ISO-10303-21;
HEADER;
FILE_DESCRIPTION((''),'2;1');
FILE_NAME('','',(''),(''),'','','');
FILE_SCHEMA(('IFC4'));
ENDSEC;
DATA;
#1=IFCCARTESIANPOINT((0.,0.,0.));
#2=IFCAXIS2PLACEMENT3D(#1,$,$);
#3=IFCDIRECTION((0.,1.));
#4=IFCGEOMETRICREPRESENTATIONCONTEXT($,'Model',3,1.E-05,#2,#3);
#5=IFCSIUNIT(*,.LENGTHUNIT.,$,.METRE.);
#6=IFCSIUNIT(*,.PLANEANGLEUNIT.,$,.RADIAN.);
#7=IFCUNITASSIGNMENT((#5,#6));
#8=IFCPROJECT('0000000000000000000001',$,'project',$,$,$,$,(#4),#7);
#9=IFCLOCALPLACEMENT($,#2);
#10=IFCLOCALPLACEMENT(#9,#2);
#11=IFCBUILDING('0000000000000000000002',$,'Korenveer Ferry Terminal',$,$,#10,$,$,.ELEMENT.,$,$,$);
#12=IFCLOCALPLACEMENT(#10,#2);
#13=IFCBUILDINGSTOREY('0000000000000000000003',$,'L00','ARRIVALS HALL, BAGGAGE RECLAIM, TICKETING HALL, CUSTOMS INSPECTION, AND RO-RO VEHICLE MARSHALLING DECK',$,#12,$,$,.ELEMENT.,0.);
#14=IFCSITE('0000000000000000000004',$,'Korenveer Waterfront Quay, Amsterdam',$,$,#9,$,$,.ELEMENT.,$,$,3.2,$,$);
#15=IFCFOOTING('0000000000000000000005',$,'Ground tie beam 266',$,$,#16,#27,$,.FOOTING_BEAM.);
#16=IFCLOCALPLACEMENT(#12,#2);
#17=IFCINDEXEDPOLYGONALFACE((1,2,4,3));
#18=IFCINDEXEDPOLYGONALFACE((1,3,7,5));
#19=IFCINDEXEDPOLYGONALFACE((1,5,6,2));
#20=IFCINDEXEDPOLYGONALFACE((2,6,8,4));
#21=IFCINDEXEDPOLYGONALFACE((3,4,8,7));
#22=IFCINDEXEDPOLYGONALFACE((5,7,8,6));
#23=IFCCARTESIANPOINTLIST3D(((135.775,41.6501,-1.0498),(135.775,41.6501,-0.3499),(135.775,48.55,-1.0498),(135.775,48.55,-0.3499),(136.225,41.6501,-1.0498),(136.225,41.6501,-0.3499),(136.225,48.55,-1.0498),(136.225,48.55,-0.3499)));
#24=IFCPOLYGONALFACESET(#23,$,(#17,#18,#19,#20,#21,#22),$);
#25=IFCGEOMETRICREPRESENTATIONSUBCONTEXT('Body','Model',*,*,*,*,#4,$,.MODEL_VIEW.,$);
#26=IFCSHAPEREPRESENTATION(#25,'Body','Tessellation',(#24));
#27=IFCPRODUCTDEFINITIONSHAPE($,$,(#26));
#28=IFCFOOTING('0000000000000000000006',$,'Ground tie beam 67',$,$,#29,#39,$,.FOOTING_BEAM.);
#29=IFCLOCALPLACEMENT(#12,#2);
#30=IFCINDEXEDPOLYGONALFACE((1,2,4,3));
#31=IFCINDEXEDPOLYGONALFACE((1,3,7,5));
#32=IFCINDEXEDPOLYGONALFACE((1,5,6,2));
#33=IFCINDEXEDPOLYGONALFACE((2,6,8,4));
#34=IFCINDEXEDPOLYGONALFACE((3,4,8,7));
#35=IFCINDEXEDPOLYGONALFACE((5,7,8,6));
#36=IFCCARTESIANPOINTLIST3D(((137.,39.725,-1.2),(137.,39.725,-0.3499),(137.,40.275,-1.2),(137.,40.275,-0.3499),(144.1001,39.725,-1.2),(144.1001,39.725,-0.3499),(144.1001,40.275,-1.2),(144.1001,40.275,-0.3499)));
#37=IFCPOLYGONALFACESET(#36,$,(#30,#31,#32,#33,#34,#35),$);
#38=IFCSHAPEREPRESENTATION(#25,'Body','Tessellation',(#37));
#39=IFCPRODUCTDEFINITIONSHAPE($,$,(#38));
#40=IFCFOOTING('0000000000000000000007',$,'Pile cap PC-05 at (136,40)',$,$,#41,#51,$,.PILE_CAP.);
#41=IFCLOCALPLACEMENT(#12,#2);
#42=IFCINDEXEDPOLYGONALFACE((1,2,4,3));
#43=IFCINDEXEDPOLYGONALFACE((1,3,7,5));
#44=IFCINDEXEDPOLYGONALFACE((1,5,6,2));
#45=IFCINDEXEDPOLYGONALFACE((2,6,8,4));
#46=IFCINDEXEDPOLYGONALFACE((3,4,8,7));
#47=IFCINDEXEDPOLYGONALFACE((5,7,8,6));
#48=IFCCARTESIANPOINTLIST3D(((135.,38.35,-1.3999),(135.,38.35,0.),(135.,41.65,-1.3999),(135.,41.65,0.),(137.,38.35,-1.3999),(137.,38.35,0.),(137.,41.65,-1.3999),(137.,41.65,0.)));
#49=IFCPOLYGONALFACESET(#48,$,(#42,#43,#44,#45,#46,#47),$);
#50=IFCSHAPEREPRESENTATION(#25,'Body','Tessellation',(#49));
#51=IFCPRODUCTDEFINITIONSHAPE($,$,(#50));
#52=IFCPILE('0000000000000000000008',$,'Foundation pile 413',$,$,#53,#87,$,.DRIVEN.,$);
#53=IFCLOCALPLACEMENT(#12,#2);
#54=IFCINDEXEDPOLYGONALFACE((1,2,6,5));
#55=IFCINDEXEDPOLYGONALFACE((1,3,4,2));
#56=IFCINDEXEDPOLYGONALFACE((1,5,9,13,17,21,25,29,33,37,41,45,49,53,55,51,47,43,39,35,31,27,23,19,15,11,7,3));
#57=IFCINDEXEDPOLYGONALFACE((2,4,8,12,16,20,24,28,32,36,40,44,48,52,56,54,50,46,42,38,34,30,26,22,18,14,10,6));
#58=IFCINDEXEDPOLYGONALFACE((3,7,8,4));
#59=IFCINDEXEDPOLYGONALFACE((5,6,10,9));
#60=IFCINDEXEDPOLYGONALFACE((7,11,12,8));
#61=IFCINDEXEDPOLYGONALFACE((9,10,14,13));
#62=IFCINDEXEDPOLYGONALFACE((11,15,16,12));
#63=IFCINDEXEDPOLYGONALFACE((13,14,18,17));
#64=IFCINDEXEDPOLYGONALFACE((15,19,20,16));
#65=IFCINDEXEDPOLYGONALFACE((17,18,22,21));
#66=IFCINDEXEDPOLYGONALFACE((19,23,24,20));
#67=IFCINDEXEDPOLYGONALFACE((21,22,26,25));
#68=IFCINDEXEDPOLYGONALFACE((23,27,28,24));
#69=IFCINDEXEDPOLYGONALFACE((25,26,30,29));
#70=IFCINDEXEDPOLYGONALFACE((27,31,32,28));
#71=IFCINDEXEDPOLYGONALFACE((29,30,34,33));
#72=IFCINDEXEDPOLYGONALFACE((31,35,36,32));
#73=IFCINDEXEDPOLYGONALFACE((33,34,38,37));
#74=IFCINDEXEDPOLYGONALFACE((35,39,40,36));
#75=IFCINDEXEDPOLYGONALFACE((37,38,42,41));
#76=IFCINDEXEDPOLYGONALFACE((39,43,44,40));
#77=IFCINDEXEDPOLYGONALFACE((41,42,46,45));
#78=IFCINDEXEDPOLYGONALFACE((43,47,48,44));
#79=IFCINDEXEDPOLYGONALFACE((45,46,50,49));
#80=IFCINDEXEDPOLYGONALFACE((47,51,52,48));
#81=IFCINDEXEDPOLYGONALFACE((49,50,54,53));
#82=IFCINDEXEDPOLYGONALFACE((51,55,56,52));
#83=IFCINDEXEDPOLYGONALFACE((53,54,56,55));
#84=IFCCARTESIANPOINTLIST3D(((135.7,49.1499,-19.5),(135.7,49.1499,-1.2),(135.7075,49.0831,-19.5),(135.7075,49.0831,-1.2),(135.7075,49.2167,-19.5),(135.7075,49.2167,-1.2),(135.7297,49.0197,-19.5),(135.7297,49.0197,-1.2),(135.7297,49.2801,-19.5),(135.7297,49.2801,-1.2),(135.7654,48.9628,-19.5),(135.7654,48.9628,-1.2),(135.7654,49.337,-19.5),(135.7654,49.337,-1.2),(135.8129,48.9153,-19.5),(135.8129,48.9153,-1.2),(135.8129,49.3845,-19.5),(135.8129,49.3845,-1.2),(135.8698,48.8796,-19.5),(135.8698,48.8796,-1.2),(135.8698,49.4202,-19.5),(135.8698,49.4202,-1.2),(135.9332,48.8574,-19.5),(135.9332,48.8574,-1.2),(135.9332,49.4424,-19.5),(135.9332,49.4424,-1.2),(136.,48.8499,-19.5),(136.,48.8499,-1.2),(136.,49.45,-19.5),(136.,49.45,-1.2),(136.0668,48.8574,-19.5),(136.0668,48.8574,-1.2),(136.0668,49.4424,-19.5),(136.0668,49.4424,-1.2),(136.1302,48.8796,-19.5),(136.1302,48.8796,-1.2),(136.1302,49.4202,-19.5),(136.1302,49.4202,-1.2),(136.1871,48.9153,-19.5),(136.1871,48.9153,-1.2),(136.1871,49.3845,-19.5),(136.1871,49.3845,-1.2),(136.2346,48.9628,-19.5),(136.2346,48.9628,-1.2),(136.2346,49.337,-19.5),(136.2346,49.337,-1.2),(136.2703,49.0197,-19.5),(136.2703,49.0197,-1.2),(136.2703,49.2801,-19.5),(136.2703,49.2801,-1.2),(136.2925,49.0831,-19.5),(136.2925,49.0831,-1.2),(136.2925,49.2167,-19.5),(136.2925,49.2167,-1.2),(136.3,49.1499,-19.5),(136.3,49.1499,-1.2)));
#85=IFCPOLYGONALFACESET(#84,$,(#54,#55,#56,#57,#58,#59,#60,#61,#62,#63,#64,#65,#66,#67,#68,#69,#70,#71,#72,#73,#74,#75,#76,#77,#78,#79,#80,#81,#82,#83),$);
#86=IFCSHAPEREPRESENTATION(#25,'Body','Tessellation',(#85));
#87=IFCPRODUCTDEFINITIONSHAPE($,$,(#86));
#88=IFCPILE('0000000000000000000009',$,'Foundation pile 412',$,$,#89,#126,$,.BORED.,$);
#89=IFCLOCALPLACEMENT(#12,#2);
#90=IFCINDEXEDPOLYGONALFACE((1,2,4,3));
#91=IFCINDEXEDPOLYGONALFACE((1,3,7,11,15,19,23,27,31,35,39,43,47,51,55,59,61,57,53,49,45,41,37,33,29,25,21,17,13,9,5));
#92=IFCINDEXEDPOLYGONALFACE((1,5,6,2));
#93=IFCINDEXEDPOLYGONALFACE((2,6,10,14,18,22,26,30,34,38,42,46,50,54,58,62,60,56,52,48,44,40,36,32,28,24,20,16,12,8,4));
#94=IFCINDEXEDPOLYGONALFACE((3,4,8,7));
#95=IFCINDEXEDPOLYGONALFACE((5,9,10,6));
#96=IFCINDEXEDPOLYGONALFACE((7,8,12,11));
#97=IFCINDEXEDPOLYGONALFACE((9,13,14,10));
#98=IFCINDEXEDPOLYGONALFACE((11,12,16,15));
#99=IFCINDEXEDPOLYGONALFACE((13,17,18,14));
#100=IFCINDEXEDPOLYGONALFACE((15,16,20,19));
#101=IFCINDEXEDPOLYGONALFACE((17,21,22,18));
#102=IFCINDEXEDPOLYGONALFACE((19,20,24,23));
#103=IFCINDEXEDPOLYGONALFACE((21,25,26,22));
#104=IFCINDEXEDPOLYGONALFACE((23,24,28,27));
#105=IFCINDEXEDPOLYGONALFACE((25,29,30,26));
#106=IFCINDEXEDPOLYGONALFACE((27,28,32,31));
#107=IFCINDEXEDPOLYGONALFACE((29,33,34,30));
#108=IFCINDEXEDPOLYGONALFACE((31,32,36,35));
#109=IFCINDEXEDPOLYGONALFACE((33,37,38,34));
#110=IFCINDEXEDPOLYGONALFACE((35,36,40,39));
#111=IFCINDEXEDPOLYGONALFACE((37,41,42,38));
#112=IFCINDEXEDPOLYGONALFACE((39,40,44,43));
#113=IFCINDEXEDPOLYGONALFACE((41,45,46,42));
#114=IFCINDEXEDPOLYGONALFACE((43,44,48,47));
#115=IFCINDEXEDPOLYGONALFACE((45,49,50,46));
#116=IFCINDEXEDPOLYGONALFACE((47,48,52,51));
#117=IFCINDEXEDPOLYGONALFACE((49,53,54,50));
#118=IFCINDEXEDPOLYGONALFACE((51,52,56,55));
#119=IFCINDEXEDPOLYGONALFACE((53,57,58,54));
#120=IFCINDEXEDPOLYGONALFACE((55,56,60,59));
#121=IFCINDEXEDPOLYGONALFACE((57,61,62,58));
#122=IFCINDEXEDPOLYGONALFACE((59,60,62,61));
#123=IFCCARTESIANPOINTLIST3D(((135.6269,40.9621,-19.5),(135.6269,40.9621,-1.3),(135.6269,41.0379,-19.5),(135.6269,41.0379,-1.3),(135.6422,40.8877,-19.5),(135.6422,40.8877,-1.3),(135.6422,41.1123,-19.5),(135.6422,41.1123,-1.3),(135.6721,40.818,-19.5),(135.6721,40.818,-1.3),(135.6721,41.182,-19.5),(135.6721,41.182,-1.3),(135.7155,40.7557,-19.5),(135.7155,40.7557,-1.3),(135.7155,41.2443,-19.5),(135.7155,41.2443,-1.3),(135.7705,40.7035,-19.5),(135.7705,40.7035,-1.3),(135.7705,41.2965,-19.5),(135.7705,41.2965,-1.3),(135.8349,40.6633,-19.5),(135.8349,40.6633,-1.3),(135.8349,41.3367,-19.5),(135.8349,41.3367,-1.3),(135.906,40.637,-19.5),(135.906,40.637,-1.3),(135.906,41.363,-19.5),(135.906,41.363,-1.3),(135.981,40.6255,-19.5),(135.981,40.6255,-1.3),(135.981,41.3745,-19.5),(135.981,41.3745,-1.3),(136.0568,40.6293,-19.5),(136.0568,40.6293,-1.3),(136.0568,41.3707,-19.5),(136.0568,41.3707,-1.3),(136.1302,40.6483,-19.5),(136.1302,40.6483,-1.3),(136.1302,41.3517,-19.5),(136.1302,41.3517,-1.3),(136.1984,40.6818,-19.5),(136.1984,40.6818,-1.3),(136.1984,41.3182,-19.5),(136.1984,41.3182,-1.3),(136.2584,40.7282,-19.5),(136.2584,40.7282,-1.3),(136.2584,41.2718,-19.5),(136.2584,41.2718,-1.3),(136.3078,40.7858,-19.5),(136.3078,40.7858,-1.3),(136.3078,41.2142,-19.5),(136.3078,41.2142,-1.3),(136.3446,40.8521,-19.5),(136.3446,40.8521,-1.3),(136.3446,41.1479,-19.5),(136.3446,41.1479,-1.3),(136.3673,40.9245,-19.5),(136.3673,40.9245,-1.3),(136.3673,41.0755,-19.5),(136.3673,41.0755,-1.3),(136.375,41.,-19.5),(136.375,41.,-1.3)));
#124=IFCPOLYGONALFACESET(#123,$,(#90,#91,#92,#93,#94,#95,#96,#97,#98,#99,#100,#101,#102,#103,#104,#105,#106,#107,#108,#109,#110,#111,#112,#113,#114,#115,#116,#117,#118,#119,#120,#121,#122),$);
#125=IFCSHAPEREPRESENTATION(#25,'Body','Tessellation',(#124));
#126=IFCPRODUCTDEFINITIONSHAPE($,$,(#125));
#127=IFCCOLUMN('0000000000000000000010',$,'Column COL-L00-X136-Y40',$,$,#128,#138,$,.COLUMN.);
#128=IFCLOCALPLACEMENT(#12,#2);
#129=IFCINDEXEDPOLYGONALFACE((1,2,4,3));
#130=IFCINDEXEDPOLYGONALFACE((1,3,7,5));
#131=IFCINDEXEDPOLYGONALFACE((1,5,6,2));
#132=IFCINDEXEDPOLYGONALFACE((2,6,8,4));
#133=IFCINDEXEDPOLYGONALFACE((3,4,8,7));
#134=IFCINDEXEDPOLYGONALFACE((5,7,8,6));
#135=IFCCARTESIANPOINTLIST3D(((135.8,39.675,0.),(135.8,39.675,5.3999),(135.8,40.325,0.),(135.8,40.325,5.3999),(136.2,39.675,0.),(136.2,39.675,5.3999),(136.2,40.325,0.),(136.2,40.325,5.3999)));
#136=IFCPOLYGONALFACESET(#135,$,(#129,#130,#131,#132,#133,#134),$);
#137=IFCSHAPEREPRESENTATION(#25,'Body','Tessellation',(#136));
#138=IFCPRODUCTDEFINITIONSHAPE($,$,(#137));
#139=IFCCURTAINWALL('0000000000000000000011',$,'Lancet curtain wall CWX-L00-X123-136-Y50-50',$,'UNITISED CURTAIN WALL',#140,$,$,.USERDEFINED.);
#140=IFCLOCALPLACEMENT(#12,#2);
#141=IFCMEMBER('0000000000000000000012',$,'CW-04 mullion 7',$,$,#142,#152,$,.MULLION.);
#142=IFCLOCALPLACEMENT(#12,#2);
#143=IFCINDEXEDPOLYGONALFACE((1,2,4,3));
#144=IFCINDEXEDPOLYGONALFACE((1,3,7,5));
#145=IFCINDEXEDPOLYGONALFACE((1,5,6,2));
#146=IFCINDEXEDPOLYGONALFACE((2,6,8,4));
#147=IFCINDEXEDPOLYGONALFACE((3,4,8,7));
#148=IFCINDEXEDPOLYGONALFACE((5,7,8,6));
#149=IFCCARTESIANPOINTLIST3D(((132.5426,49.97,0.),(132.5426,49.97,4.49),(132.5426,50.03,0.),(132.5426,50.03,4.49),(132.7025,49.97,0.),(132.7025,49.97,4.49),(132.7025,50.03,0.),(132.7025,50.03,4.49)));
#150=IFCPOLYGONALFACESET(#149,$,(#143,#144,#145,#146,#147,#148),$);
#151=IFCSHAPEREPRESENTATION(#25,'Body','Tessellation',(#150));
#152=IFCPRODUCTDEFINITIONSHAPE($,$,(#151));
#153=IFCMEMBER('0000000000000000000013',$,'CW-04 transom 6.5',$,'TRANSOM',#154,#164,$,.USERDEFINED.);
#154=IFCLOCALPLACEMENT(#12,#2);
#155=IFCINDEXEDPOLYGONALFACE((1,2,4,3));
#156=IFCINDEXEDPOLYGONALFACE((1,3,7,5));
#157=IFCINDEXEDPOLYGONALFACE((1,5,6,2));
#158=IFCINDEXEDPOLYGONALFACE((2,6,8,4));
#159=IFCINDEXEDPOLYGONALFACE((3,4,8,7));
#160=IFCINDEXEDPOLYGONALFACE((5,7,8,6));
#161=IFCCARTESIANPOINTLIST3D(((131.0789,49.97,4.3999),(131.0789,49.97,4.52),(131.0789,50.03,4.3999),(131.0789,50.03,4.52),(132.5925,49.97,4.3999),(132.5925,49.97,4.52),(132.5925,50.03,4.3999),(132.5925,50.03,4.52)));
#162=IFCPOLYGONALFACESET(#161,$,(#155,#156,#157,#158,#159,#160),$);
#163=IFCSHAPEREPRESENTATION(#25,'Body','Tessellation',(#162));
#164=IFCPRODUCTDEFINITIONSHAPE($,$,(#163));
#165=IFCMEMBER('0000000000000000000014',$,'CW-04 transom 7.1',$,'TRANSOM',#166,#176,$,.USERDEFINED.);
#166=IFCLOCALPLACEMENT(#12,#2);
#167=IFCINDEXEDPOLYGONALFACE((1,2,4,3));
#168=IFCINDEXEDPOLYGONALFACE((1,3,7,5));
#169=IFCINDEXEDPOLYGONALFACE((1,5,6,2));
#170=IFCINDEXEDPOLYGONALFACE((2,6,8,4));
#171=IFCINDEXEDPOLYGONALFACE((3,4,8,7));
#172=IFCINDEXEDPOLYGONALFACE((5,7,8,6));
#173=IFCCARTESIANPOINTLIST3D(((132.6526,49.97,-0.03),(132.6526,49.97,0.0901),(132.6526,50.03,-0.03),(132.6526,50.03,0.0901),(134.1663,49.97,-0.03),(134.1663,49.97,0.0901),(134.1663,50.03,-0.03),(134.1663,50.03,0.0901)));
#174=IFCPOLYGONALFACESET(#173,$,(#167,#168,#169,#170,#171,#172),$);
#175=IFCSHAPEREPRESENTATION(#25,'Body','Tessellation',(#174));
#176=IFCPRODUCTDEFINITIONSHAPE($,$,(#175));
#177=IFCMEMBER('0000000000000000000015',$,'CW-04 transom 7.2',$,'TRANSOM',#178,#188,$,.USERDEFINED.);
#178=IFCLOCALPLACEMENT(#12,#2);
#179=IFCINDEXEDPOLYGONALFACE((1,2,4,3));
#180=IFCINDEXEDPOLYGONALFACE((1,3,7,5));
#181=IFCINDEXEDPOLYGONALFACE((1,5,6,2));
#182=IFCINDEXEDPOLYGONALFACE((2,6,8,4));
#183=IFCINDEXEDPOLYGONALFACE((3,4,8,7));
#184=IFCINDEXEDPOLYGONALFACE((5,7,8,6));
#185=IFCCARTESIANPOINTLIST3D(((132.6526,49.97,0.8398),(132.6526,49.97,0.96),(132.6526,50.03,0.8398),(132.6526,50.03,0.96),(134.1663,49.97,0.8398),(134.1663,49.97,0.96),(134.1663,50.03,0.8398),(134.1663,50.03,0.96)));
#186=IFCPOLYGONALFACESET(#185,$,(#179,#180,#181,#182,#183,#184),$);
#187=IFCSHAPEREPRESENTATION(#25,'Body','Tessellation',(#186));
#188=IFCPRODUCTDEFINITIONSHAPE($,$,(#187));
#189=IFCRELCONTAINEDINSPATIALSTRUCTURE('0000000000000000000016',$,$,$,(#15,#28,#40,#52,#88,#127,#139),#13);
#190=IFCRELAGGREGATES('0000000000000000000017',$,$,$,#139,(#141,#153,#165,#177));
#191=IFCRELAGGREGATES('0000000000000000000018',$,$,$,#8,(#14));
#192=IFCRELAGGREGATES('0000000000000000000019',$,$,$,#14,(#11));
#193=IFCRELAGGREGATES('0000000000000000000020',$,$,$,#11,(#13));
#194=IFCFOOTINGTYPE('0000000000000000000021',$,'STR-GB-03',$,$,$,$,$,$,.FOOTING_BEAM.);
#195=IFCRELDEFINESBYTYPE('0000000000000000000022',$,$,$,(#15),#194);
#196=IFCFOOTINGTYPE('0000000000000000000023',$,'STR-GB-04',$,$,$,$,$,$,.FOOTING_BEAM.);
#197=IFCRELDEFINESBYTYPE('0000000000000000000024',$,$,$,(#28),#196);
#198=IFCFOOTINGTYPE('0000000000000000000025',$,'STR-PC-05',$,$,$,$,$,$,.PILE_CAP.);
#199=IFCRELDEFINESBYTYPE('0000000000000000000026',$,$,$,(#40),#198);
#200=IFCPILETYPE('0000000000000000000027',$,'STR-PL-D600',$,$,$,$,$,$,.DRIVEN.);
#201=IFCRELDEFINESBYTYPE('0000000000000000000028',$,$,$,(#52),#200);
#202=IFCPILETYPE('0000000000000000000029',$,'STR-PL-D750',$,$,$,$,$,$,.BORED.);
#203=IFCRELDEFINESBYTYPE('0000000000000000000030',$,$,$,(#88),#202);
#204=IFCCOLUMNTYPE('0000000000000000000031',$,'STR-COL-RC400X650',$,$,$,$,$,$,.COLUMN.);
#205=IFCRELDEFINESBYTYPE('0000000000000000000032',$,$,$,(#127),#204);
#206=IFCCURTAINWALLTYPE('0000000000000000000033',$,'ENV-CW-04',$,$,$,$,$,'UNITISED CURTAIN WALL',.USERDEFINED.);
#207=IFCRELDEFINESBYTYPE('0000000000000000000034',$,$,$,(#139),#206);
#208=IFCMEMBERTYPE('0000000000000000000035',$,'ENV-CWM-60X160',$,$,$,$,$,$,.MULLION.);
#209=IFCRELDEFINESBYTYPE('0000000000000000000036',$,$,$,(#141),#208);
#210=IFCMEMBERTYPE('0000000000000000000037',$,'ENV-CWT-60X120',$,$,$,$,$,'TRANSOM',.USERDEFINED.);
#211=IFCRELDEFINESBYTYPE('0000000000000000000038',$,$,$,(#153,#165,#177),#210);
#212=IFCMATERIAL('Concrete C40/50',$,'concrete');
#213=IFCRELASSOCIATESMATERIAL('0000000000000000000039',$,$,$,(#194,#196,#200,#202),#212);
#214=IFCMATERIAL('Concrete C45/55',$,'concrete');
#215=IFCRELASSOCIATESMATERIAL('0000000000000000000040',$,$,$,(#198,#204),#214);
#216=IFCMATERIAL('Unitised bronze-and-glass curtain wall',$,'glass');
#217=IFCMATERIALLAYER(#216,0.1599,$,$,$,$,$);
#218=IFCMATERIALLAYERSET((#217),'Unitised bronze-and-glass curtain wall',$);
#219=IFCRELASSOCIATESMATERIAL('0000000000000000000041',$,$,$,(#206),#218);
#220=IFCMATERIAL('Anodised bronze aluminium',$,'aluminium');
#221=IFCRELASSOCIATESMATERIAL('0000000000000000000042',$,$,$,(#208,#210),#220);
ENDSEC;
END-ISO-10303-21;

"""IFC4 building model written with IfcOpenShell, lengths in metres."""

from ifc_helpers import new_model, si_unit, direction, frame, origin, origin_2d, place, context, subcontext, project, spatial, rectangle, circle, extrude, material, layer, layer_set, material_profile, profile_set, type_object, element, aggregate, save


model = new_model("IFC4")

# Units and contexts
model_context = context("Model", 3, precision=1e-05, world=origin(), true_north=direction((0.0, 1.0)))
body_context = subcontext(model_context, "Body", "Model", "MODEL_VIEW")
ifc_project = project(units=[si_unit("LENGTHUNIT", "METRE"), si_unit("PLANEANGLEUNIT", "RADIAN")], contexts=[model_context])

# Site, building, storey
site_placement = place(None, origin())
site = spatial("IfcSite", under=ifc_project, at=site_placement, Name="Korenveer Waterfront Quay, Amsterdam", CompositionType="ELEMENT", RefElevation=3.2)
building_placement = place(site_placement, origin())
building = spatial("IfcBuilding", under=site, at=building_placement, Name="Korenveer Ferry Terminal", CompositionType="ELEMENT")
storey_placement = place(building_placement, origin())
storey = spatial("IfcBuildingStorey", under=building, at=storey_placement, Name="L00", Description="ARRIVALS HALL, BAGGAGE RECLAIM, TICKETING HALL, CUSTOMS INSPECTION, AND RO-RO VEHICLE MARSHALLING DECK", CompositionType="ELEMENT", Elevation=0.0)

# Footings
ifc_material_1 = material(Name="Concrete C40/50", Category="concrete")
footing_type_1 = type_object("IfcFootingType", Name="STR-GB-03", PredefinedType="FOOTING_BEAM", material=ifc_material_1)
footing_1_placement = place(storey_placement, frame((136.0, 45.1001, -1.0498), z_axis=(0.0, 0.0, 1.0), x_axis=(1.0, 0.0, 0.0)))
element("IfcFooting", 1, at=footing_1_placement, inside=storey, type_object=footing_type_1, Name="Ground tie beam 266", PredefinedType="FOOTING_BEAM", context=body_context, shape_type="SweptSolid", body=[
    extrude(rectangle(XDim=0.45, YDim=6.8999, at=origin_2d()), origin(), (0.0, 0.0, 1.0), 0.7),
])
footing_type_2 = type_object("IfcFootingType", Name="STR-GB-04", PredefinedType="FOOTING_BEAM", material=ifc_material_1)
footing_2_placement = place(storey_placement, frame((140.55, 40.0, -1.2), z_axis=(0.0, 0.0, 1.0), x_axis=(1.0, 0.0, 0.0)))
element("IfcFooting", 2, at=footing_2_placement, inside=storey, type_object=footing_type_2, Name="Ground tie beam 67", PredefinedType="FOOTING_BEAM", context=body_context, shape_type="SweptSolid", body=[
    extrude(rectangle(XDim=7.1001, YDim=0.55, at=origin_2d()), origin(), (0.0, 0.0, 1.0), 0.8501),
])
ifc_material_2 = material(Name="Concrete C45/55", Category="concrete")
footing_type_3 = type_object("IfcFootingType", Name="STR-PC-05", PredefinedType="PILE_CAP", material=ifc_material_2)
footing_3_placement = place(storey_placement, frame((136.0, 40.0, -1.3999), z_axis=(0.0, 0.0, 1.0), x_axis=(1.0, 0.0, 0.0)))
element("IfcFooting", 3, at=footing_3_placement, inside=storey, type_object=footing_type_3, Name="Pile cap PC-05 at (136,40)", PredefinedType="PILE_CAP", context=body_context, shape_type="SweptSolid", body=[
    extrude(rectangle(XDim=2.0, YDim=3.3, at=origin_2d()), origin(), (0.0, 0.0, 1.0), 1.3999),
])

# Piles
ifc_material_profile_1 = material_profile(ifc_material_1, circle(Radius=0.3, at=origin_2d()), Name="PILE D600")
ifc_profile_set_1 = profile_set([ifc_material_profile_1], Name="Concrete C40/50")
pile_type_1 = type_object("IfcPileType", Name="STR-PL-D600", PredefinedType="DRIVEN", material=ifc_profile_set_1)
pile_1_placement = place(storey_placement, frame((136.0, 49.1499, -1.2), z_axis=(0.0, 0.0, -1.0), x_axis=(1.0, 0.0, 0.0)))
element("IfcPile", 4, at=pile_1_placement, inside=storey, type_object=pile_type_1, Name="Foundation pile 413", PredefinedType="DRIVEN", context=body_context, shape_type="SweptSolid", body=[
    extrude(circle(Radius=0.3, at=origin_2d()), origin(), (0.0, 0.0, 1.0), 18.3),
])
ifc_material_profile_2 = material_profile(ifc_material_1, circle(Radius=0.375, at=origin_2d()), Name="PILE D750")
ifc_profile_set_2 = profile_set([ifc_material_profile_2], Name="Concrete C40/50")
pile_type_2 = type_object("IfcPileType", Name="STR-PL-D750", PredefinedType="BORED", material=ifc_profile_set_2)
pile_2_placement = place(storey_placement, frame((136.0, 41.0, -1.3), z_axis=(0.0, 0.0, -1.0), x_axis=(1.0, 0.0, 0.0)))
element("IfcPile", 5, at=pile_2_placement, inside=storey, type_object=pile_type_2, Name="Foundation pile 412", PredefinedType="BORED", context=body_context, shape_type="SweptSolid", body=[
    extrude(circle(Radius=0.375, at=origin_2d()), origin(), (0.0, 0.0, 1.0), 18.2),
])

# Column
ifc_material_profile_3 = material_profile(ifc_material_2, rectangle(XDim=0.3999, YDim=0.6499, at=origin_2d()), Name="RC 400x650")
ifc_profile_set_3 = profile_set([ifc_material_profile_3], Name="Concrete C45/55")
column_type = type_object("IfcColumnType", Name="STR-COL-RC400X650", PredefinedType="COLUMN", material=ifc_profile_set_3)
column_placement = place(storey_placement, frame((136.0, 40.0, 0.0), z_axis=(0.0, 0.0, 1.0), x_axis=(1.0, 0.0, 0.0)))
element("IfcColumn", 6, at=column_placement, inside=storey, type_object=column_type, Name="Column COL-L00-X136-Y40", PredefinedType="COLUMN", context=body_context, shape_type="SweptSolid", body=[
    extrude(rectangle(XDim=0.3999, YDim=0.6499, at=origin_2d()), origin(), (0.0, 0.0, 1.0), 5.3999),
])

# Curtain wall, members
ifc_material_3 = material(Name="Unitised bronze-and-glass curtain wall", Category="glass")
ifc_layer_1 = layer(ifc_material_3, 0.1599)
ifc_layer_set_1 = layer_set([ifc_layer_1], Name="Unitised bronze-and-glass curtain wall")
curtain_wall_type = type_object("IfcCurtainWallType", Name="ENV-CW-04", ElementType="UNITISED CURTAIN WALL", PredefinedType="USERDEFINED", material=ifc_layer_set_1)
curtain_wall_placement = place(storey_placement, frame((123.1799, 50.0, 0.0)))
curtain_wall = element("IfcCurtainWall", 7, at=curtain_wall_placement, inside=storey, type_object=curtain_wall_type, Name="Lancet curtain wall CWX-L00-X123-136-Y50-50", ObjectType="UNITISED CURTAIN WALL", PredefinedType="USERDEFINED")
ifc_material_4 = material(Name="Anodised bronze aluminium", Category="aluminium")
ifc_material_profile_4 = material_profile(ifc_material_4, rectangle(XDim=0.0601, YDim=0.1599, at=origin_2d()), Name="ALU 60x160")
ifc_profile_set_4 = profile_set([ifc_material_profile_4], Name="Anodised bronze aluminium")
member_type_1 = type_object("IfcMemberType", Name="ENV-CWM-60X160", PredefinedType="MULLION", material=ifc_profile_set_4)
member_1_placement = place(storey_placement, frame((132.6226, 50.0, 0.0), z_axis=(0.0, 0.0, 1.0), x_axis=(0.0, 1.0, 0.0)))
member_1 = element("IfcMember", 8, at=member_1_placement, type_object=member_type_1, Name="CW-04 mullion 7", PredefinedType="MULLION", context=body_context, shape_type="SweptSolid", body=[
    extrude(rectangle(XDim=0.0601, YDim=0.1599, at=origin_2d()), origin(), (0.0, 0.0, 1.0), 4.49),
])
ifc_material_profile_5 = material_profile(ifc_material_4, rectangle(XDim=0.0601, YDim=0.1201, at=origin_2d()), Name="ALU 60x120")
ifc_profile_set_5 = profile_set([ifc_material_profile_5], Name="Anodised bronze aluminium")
member_type_2 = type_object("IfcMemberType", Name="ENV-CWT-60X120", ElementType="TRANSOM", PredefinedType="USERDEFINED", material=ifc_profile_set_5)
member_2_placement = place(storey_placement, frame((131.0789, 50.0, 4.46), z_axis=(1.0, 0.0, 0.0), x_axis=(0.0, 1.0, 0.0)))
member_2 = element("IfcMember", 9, at=member_2_placement, type_object=member_type_2, Name="CW-04 transom 6.5", ObjectType="TRANSOM", PredefinedType="USERDEFINED", context=body_context, shape_type="SweptSolid", body=[
    extrude(rectangle(XDim=0.0601, YDim=0.1201, at=origin_2d()), origin(), (0.0, 0.0, 1.0), 1.5137),
])
member_3_placement = place(storey_placement, frame((132.6526, 50.0, 0.03), z_axis=(1.0, 0.0, 0.0), x_axis=(0.0, 1.0, 0.0)))
member_3 = element("IfcMember", 10, at=member_3_placement, type_object=member_type_2, Name="CW-04 transom 7.1", ObjectType="TRANSOM", PredefinedType="USERDEFINED", context=body_context, shape_type="SweptSolid", body=[
    extrude(rectangle(XDim=0.0601, YDim=0.1201, at=origin_2d()), origin(), (0.0, 0.0, 1.0), 1.5137),
])
member_4_placement = place(storey_placement, frame((132.6526, 50.0, 0.8999), z_axis=(1.0, 0.0, 0.0), x_axis=(0.0, 1.0, 0.0)))
member_4 = element("IfcMember", 11, at=member_4_placement, type_object=member_type_2, Name="CW-04 transom 7.2", ObjectType="TRANSOM", PredefinedType="USERDEFINED", context=body_context, shape_type="SweptSolid", body=[
    extrude(rectangle(XDim=0.0601, YDim=0.1201, at=origin_2d()), origin(), (0.0, 0.0, 1.0), 1.5137),
])

aggregate(curtain_wall, [member_1, member_2, member_3, member_4])

save(model, "model.ifc")
